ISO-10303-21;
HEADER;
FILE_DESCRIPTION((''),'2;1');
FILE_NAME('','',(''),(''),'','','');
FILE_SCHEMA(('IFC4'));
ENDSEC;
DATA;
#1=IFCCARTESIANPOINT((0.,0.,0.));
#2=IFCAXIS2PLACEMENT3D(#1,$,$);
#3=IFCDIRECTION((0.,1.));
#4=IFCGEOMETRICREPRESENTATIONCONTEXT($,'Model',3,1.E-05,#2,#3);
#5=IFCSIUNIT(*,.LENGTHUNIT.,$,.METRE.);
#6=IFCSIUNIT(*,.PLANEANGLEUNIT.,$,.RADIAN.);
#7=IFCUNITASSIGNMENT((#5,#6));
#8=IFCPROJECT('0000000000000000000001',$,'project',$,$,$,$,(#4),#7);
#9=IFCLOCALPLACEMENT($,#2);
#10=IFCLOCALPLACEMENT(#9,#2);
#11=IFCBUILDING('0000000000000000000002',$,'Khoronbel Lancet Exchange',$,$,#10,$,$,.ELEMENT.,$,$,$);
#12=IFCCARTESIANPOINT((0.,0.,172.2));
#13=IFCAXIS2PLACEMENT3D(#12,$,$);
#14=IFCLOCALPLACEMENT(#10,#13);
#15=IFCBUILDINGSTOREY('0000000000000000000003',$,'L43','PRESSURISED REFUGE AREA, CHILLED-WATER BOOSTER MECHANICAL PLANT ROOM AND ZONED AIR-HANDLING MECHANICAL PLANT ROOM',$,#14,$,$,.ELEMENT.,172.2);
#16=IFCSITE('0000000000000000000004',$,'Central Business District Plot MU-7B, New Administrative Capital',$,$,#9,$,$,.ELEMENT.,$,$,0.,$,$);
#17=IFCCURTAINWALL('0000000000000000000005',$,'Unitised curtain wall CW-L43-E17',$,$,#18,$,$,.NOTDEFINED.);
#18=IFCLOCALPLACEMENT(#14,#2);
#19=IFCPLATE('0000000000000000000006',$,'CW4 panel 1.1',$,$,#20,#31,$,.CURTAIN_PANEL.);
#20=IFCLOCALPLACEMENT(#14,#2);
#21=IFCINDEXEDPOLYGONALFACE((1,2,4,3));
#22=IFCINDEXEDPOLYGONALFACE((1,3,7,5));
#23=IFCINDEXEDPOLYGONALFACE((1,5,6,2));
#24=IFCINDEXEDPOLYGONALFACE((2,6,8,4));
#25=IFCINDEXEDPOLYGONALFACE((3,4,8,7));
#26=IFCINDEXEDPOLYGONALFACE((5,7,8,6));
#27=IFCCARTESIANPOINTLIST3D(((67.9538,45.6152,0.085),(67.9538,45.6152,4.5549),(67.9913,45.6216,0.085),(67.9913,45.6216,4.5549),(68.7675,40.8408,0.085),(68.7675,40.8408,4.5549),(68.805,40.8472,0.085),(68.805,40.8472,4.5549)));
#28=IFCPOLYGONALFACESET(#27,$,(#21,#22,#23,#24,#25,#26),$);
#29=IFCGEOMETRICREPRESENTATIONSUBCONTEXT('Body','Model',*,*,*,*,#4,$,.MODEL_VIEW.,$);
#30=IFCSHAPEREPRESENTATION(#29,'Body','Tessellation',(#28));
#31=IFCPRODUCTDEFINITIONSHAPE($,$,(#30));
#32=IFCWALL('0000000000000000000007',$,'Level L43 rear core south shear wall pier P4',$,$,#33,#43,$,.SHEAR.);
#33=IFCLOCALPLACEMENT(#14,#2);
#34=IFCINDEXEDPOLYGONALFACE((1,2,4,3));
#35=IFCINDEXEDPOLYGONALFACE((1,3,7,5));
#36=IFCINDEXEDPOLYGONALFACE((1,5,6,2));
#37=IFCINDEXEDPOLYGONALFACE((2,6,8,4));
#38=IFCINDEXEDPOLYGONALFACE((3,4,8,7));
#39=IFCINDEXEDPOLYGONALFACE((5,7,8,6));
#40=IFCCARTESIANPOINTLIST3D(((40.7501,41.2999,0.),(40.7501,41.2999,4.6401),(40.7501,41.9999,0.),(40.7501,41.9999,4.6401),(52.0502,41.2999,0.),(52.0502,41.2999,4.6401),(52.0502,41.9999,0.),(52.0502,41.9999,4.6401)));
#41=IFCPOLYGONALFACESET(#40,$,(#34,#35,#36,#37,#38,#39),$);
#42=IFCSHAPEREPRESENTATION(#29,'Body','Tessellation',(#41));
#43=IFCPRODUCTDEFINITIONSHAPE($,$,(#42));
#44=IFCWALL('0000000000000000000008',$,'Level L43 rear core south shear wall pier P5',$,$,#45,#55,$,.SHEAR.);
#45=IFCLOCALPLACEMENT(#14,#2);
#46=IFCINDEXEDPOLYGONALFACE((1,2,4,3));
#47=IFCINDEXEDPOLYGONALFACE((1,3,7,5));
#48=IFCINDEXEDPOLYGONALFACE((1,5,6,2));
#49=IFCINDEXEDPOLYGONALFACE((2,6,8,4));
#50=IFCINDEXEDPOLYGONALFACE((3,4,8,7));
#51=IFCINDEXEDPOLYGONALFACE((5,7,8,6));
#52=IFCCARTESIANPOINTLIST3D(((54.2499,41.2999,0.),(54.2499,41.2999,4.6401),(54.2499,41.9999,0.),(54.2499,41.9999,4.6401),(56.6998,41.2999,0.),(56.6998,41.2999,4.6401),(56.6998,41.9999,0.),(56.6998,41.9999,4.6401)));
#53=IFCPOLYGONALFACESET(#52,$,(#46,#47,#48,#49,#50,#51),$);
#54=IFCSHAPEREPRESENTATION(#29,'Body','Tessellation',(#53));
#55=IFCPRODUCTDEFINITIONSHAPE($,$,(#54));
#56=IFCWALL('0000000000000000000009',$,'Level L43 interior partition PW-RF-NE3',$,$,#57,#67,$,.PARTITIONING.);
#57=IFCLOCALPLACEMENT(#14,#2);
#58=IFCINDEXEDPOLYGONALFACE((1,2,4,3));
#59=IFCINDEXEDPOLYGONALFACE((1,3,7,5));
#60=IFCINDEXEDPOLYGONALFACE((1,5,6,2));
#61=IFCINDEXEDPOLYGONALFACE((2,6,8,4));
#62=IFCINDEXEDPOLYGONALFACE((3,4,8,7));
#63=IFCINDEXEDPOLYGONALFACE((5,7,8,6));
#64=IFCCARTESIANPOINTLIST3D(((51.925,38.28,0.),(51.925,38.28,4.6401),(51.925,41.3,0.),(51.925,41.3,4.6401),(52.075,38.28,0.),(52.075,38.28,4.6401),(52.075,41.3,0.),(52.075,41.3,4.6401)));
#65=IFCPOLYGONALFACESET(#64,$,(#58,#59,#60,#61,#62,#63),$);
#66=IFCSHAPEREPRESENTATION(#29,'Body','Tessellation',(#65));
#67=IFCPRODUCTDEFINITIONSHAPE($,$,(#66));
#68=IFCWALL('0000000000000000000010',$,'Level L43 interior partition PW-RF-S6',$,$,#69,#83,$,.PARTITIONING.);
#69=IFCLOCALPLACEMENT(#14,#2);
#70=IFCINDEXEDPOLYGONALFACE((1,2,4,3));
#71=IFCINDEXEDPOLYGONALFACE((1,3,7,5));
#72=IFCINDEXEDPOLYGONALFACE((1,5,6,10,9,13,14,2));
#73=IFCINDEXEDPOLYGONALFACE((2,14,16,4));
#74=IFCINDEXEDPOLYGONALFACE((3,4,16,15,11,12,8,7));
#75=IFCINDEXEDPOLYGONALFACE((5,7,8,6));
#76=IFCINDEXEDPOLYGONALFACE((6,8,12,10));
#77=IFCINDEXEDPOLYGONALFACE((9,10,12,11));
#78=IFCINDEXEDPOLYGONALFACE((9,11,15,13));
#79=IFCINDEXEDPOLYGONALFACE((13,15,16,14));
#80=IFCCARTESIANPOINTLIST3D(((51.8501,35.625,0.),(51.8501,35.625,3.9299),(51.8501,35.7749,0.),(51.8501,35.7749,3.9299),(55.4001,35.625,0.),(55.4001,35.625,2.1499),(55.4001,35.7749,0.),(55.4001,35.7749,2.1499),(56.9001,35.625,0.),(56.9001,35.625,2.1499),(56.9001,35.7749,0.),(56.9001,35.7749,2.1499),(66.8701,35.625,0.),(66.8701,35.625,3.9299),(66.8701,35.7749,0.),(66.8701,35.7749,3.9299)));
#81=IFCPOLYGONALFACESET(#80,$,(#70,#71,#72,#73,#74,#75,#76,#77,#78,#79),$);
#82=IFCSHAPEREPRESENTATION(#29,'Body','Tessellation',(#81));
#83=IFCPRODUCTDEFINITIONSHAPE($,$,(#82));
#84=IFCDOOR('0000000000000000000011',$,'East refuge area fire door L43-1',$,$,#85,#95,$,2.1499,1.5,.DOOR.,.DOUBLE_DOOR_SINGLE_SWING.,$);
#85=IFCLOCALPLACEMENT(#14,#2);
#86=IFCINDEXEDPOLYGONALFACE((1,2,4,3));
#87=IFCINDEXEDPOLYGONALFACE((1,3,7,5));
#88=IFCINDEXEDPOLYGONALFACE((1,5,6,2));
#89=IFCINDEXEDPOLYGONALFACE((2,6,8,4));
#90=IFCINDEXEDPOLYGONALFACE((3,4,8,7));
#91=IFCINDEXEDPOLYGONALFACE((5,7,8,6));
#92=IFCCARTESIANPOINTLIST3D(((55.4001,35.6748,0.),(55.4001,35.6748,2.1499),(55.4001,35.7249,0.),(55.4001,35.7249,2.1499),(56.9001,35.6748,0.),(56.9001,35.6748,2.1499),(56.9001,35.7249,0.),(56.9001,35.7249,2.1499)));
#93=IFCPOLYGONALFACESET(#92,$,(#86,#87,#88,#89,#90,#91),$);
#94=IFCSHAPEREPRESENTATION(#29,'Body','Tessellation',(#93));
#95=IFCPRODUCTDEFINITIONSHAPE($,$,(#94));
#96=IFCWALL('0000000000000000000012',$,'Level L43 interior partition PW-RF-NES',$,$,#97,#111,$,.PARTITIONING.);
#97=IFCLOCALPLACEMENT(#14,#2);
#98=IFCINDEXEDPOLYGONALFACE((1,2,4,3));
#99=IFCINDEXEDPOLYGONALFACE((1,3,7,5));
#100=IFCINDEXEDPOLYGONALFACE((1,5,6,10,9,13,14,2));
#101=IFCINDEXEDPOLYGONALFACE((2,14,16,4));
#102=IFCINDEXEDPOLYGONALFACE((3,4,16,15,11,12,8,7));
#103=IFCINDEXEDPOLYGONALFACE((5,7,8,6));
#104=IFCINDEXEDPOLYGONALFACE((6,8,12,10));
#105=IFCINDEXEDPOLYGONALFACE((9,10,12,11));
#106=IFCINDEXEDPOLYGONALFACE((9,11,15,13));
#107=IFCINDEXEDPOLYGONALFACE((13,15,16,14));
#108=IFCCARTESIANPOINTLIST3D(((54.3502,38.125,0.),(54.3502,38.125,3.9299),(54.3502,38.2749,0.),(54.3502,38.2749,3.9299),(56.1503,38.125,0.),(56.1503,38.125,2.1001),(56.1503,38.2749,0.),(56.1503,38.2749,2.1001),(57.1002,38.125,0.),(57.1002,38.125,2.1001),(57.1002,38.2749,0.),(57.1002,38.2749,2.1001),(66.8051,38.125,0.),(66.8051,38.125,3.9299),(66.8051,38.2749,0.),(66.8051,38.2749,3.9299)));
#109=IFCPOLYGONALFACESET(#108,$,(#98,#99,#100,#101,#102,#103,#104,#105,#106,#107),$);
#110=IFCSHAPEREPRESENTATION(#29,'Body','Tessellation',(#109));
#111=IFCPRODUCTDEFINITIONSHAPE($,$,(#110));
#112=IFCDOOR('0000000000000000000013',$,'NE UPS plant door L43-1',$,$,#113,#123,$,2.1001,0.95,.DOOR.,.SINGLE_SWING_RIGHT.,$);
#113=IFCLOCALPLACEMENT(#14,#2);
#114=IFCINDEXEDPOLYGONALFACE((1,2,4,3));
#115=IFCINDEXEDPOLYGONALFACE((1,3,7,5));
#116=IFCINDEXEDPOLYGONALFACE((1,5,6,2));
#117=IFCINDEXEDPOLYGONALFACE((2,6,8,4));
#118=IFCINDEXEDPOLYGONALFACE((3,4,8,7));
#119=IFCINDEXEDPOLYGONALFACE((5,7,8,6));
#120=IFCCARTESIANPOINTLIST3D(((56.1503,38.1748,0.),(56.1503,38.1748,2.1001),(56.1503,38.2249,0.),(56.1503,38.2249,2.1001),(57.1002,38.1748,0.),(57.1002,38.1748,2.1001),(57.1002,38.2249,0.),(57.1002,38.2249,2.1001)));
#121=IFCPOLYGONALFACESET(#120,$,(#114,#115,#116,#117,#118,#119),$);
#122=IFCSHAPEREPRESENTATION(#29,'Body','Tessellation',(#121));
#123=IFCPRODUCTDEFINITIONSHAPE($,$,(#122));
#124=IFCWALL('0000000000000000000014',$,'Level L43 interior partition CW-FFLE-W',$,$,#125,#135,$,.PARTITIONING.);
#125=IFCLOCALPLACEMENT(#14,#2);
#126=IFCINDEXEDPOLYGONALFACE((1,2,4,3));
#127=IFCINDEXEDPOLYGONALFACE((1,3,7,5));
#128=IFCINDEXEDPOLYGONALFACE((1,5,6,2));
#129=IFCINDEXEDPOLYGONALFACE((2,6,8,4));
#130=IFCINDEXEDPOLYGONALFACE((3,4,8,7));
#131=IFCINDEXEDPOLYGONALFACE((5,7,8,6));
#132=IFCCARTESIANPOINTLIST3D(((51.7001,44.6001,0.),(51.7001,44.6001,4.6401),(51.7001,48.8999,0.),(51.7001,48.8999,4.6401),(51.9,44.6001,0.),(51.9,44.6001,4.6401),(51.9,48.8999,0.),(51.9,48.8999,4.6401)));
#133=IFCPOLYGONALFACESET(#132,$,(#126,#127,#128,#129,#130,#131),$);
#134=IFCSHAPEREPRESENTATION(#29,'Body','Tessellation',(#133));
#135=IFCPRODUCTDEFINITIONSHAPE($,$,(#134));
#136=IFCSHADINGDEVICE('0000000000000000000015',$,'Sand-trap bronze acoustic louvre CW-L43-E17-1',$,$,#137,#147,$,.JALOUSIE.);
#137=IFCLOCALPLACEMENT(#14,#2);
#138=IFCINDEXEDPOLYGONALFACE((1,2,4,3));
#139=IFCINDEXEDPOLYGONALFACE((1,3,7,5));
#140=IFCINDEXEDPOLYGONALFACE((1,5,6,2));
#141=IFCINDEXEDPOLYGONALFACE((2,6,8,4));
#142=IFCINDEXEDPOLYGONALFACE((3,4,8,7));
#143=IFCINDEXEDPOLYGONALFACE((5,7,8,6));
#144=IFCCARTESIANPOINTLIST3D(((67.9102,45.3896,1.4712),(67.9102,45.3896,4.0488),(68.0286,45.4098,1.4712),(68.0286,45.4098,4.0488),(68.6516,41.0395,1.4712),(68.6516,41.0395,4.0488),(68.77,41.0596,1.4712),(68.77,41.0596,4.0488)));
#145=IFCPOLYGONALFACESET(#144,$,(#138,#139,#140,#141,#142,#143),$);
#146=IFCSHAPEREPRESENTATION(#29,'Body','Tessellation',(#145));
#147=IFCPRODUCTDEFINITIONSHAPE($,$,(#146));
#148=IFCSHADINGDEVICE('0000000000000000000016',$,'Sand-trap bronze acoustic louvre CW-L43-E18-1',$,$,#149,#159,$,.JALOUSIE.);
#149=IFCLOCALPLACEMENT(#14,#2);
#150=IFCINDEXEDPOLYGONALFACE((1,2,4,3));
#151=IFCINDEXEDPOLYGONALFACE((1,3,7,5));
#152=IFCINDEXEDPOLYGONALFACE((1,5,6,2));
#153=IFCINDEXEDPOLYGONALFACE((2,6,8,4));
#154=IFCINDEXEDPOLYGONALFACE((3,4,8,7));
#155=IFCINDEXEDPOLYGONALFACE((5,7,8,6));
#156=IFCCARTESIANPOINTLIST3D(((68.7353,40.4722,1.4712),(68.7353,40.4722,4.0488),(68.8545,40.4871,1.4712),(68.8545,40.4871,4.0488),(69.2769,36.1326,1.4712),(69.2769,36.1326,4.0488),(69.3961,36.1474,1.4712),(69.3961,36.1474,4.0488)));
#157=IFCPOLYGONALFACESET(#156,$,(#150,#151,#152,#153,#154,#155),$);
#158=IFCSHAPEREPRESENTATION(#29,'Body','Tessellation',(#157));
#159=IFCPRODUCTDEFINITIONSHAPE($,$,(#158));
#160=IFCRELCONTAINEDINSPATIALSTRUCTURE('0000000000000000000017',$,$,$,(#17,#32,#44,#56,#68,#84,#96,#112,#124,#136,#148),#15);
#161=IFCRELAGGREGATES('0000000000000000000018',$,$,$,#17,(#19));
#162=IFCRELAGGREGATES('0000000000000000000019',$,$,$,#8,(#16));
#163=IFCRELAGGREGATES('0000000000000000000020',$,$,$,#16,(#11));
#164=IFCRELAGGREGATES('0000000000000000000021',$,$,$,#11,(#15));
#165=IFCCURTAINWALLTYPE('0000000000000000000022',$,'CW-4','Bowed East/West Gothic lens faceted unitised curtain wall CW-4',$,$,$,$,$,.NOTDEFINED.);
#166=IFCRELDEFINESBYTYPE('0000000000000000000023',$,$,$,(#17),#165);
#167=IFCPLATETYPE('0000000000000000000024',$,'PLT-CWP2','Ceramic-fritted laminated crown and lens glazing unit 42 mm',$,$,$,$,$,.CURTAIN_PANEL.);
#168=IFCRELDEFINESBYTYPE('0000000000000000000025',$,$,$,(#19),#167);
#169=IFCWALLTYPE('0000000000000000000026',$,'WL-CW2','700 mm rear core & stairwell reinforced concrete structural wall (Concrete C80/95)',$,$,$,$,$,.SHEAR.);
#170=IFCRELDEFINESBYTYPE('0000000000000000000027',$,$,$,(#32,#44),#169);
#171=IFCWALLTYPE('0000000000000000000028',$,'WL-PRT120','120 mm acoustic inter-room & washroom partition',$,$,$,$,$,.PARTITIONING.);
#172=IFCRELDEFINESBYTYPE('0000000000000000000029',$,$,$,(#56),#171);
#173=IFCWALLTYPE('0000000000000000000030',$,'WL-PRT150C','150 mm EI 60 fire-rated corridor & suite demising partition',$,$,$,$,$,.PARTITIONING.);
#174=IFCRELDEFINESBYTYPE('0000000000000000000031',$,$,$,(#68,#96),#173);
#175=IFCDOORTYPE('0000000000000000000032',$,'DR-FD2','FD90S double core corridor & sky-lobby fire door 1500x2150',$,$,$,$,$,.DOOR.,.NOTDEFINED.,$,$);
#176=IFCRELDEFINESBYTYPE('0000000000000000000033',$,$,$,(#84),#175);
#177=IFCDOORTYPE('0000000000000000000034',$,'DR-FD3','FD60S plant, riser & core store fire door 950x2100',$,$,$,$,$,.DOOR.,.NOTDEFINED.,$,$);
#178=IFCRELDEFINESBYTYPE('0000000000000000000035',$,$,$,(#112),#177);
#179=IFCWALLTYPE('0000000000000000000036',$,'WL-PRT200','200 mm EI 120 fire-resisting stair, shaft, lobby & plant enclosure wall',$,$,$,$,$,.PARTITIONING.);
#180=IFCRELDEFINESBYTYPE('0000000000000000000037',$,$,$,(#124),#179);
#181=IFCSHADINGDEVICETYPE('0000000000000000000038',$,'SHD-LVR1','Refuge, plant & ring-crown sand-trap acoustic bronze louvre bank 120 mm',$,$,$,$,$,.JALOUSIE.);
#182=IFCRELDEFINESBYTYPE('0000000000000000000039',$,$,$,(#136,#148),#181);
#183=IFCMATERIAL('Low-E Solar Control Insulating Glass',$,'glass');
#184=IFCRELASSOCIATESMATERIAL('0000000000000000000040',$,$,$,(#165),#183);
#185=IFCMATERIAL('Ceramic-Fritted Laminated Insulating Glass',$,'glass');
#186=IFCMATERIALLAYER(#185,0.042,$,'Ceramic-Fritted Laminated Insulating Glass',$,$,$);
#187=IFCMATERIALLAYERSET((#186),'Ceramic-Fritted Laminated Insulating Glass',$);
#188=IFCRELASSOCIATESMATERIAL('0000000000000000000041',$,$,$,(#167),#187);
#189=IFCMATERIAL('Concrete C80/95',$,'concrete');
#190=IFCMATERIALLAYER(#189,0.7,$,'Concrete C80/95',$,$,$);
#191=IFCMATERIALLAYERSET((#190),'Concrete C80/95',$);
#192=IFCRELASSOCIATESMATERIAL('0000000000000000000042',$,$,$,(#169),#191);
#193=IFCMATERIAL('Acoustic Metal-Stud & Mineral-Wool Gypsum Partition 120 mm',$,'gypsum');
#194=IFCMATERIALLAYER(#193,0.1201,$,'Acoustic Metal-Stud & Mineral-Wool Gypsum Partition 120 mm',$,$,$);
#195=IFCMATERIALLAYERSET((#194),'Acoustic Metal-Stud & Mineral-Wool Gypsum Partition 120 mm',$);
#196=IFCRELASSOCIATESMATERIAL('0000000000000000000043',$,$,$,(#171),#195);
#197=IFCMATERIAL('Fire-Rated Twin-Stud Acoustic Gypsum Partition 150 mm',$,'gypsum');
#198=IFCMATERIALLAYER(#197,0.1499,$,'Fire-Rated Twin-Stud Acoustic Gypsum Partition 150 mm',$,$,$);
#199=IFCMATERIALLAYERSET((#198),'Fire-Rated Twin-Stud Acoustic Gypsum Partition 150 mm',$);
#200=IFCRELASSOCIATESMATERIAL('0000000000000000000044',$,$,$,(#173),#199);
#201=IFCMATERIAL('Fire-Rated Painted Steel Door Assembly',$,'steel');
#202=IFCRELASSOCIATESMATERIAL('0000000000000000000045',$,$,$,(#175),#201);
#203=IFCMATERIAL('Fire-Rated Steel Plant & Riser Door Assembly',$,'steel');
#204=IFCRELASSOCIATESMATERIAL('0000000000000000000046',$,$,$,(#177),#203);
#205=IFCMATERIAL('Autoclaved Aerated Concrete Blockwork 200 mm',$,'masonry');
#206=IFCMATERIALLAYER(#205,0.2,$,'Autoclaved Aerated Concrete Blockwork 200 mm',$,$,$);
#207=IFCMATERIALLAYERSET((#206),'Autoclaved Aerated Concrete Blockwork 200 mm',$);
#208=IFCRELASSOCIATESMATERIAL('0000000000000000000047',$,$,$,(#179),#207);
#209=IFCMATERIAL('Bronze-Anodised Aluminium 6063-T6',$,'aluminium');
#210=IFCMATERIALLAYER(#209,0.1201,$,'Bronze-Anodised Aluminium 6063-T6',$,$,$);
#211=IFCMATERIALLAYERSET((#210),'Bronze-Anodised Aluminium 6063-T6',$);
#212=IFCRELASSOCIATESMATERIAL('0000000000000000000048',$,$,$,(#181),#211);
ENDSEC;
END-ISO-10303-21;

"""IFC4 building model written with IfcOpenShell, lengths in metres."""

from ifc_helpers import new_model, si_unit, direction, frame, frame_2d, origin, origin_2d, place, context, subcontext, project, spatial, rectangle, extrude, material, layer, layer_set, type_object, element, fill, aggregate, save


model = new_model("IFC4")

# Units and contexts
model_context = context("Model", 3, precision=1e-05, world=origin(), true_north=direction((0.0, 1.0)))
body_context = subcontext(model_context, "Body", "Model", "MODEL_VIEW")
ifc_project = project(units=[si_unit("LENGTHUNIT", "METRE"), si_unit("PLANEANGLEUNIT", "RADIAN")], contexts=[model_context])

# Site, building, storey
site_placement = place(None, origin())
site = spatial("IfcSite", under=ifc_project, at=site_placement, Name="Central Business District Plot MU-7B, New Administrative Capital", CompositionType="ELEMENT", RefElevation=0.0)
building_placement = place(site_placement, origin())
building = spatial("IfcBuilding", under=site, at=building_placement, Name="Khoronbel Lancet Exchange", CompositionType="ELEMENT")
storey_placement = place(building_placement, frame((0.0, 0.0, 172.2)))
storey = spatial("IfcBuildingStorey", under=building, at=storey_placement, Name="L43", Description="PRESSURISED REFUGE AREA, CHILLED-WATER BOOSTER MECHANICAL PLANT ROOM AND ZONED AIR-HANDLING MECHANICAL PLANT ROOM", CompositionType="ELEMENT", Elevation=172.2)

# Shared definitions
ifc_material_1 = material(Name="Concrete C80/95", Category="concrete")

# Curtain wall
ifc_material_2 = material(Name="Low-E Solar Control Insulating Glass", Category="glass")
curtain_wall_type = type_object("IfcCurtainWallType", Name="CW-4", Description="Bowed East/West Gothic lens faceted unitised curtain wall CW-4", PredefinedType="NOTDEFINED", material=ifc_material_2)
curtain_wall_1_placement = place(storey_placement, origin())
curtain_wall_1 = element("IfcCurtainWall", 1, at=curtain_wall_1_placement, inside=storey, type_object=curtain_wall_type, Name="Unitised curtain wall CW-L43-E17", PredefinedType="NOTDEFINED")
ifc_material_3 = material(Name="Bronze-Anodised Aluminium 6063-T6", Category="aluminium")

# Plate
ifc_material_4 = material(Name="Ceramic-Fritted Laminated Insulating Glass", Category="glass")
ifc_layer_1 = layer(ifc_material_4, 0.042, Name="Ceramic-Fritted Laminated Insulating Glass")
ifc_layer_set_1 = layer_set([ifc_layer_1], Name="Ceramic-Fritted Laminated Insulating Glass")
plate_type_1 = type_object("IfcPlateType", Name="PLT-CWP2", Description="Ceramic-fritted laminated crown and lens glazing unit 42 mm", PredefinedType="CURTAIN_PANEL", material=ifc_layer_set_1)
plate_1_placement = place(storey_placement, frame((68.3794, 43.2312, 0.085), z_axis=(0.0, 0.0, 1.0), x_axis=(0.168009, -0.985785, 0.0)))
plate_1 = element("IfcPlate", 2, at=plate_1_placement, type_object=plate_type_1, Name="CW4 panel 1.1", PredefinedType="CURTAIN_PANEL", context=body_context, shape_type="SweptSolid", body=[
    extrude(rectangle(XDim=4.8433, YDim=0.0381, at=origin_2d()), origin(), (0.0, 0.0, 1.0), 4.47),
])
aggregate(curtain_wall_1, [plate_1])

# Walls
ifc_layer_2 = layer(ifc_material_1, 0.7, Name="Concrete C80/95")
ifc_layer_set_2 = layer_set([ifc_layer_2], Name="Concrete C80/95")
wall_type_1 = type_object("IfcWallType", Name="WL-CW2", Description="700 mm rear core & stairwell reinforced concrete structural wall (Concrete C80/95)", PredefinedType="SHEAR", material=ifc_layer_set_2)
wall_1_placement = place(storey_placement, frame((52.05, 41.6499, 0.0), z_axis=(0.0, 0.0, 1.0), x_axis=(-1.0, 0.0, 0.0)))
element("IfcWall", 3, at=wall_1_placement, inside=storey, type_object=wall_type_1, Name="Level L43 rear core south shear wall pier P4", PredefinedType="SHEAR", context=body_context, shape_type="SweptSolid", body=[
    extrude(rectangle(XDim=11.3, YDim=0.7, at=frame_2d((5.6499, 0.0))), origin(), (0.0, 0.0, 1.0), 4.6401),
])
wall_2_placement = place(storey_placement, frame((56.7, 41.6499, 0.0), z_axis=(0.0, 0.0, 1.0), x_axis=(-1.0, 0.0, 0.0)))
element("IfcWall", 4, at=wall_2_placement, inside=storey, type_object=wall_type_1, Name="Level L43 rear core south shear wall pier P5", PredefinedType="SHEAR", context=body_context, shape_type="SweptSolid", body=[
    extrude(rectangle(XDim=2.45, YDim=0.7, at=frame_2d((1.2251, 0.0))), origin(), (0.0, 0.0, 1.0), 4.6401),
])
ifc_material_5 = material(Name="Acoustic Metal-Stud & Mineral-Wool Gypsum Partition 120 mm", Category="gypsum")
ifc_layer_3 = layer(ifc_material_5, 0.1201, Name="Acoustic Metal-Stud & Mineral-Wool Gypsum Partition 120 mm")
ifc_layer_set_3 = layer_set([ifc_layer_3], Name="Acoustic Metal-Stud & Mineral-Wool Gypsum Partition 120 mm")
wall_type_2 = type_object("IfcWallType", Name="WL-PRT120", Description="120 mm acoustic inter-room & washroom partition", PredefinedType="PARTITIONING", material=ifc_layer_set_3)
wall_3_placement = place(storey_placement, frame((52.0, 38.28, 0.0), z_axis=(0.0, 0.0, 1.0), x_axis=(0.0, 1.0, 0.0)))
element("IfcWall", 5, at=wall_3_placement, inside=storey, type_object=wall_type_2, Name="Level L43 interior partition PW-RF-NE3", PredefinedType="PARTITIONING", context=body_context, shape_type="SweptSolid", body=[
    extrude(rectangle(XDim=3.02, YDim=0.1499, at=frame_2d((1.51, 0.0))), origin(), (0.0, 0.0, 1.0), 4.6401),
])

# Walls, openings, doors
ifc_material_6 = material(Name="Fire-Rated Twin-Stud Acoustic Gypsum Partition 150 mm", Category="gypsum")
ifc_layer_4 = layer(ifc_material_6, 0.1499, Name="Fire-Rated Twin-Stud Acoustic Gypsum Partition 150 mm")
ifc_layer_set_4 = layer_set([ifc_layer_4], Name="Fire-Rated Twin-Stud Acoustic Gypsum Partition 150 mm")
wall_type_3 = type_object("IfcWallType", Name="WL-PRT150C", Description="150 mm EI 60 fire-rated corridor & suite demising partition", PredefinedType="PARTITIONING", material=ifc_layer_set_4)
wall_4_placement = place(storey_placement, frame((51.8501, 35.7, 0.0), z_axis=(0.0, 0.0, 1.0), x_axis=(1.0, 0.0, 0.0)))
wall_4 = element("IfcWall", 6, at=wall_4_placement, inside=storey, type_object=wall_type_3, Name="Level L43 interior partition PW-RF-S6", PredefinedType="PARTITIONING", context=body_context, shape_type="SweptSolid", body=[
    extrude(rectangle(XDim=15.02, YDim=0.1499, at=frame_2d((7.51, 0.0))), origin(), (0.0, 0.0, 1.0), 3.9299),
])
opening_1_placement = place(wall_4_placement, frame((3.55, 0.0, 0.0)))
opening_1 = element("IfcOpeningElement", 7, at=opening_1_placement, cuts=wall_4, PredefinedType="OPENING", context=body_context, shape_type="SweptSolid", body=[
    extrude(rectangle(XDim=1.5, YDim=2.1499, at=frame_2d((0.75, 1.075))), frame((0.0, 0.085, 0.0), z_axis=(0.0, -1.0, 0.0), x_axis=(1.0, 0.0, 0.0)), (0.0, 0.0, 1.0), 0.1699),
])
ifc_material_7 = material(Name="Fire-Rated Painted Steel Door Assembly", Category="steel")
door_type_1 = type_object("IfcDoorType", Name="DR-FD2", Description="FD90S double core corridor & sky-lobby fire door 1500x2150", OperationType="NOTDEFINED", PredefinedType="DOOR", material=ifc_material_7)
door_1_placement = place(opening_1_placement, origin())
door_1 = element("IfcDoor", 8, at=door_1_placement, inside=storey, type_object=door_type_1, Name="East refuge area fire door L43-1", OperationType="DOUBLE_DOOR_SINGLE_SWING", OverallHeight=2.1499, OverallWidth=1.5, PredefinedType="DOOR", context=body_context, shape_type="SweptSolid", body=[
    extrude(rectangle(XDim=1.5, YDim=2.1499, at=frame_2d((0.75, 1.075))), frame((0.0, 0.0249, 0.0), z_axis=(0.0, -1.0, 0.0), x_axis=(1.0, 0.0, 0.0)), (0.0, 0.0, 1.0), 0.05),
])
fill(opening_1, door_1)
wall_5_placement = place(storey_placement, frame((54.3501, 38.2, 0.0), z_axis=(0.0, 0.0, 1.0), x_axis=(1.0, 0.0, 0.0)))
wall_5 = element("IfcWall", 9, at=wall_5_placement, inside=storey, type_object=wall_type_3, Name="Level L43 interior partition PW-RF-NES", PredefinedType="PARTITIONING", context=body_context, shape_type="SweptSolid", body=[
    extrude(rectangle(XDim=12.4548, YDim=0.1499, at=frame_2d((6.2275, 0.0))), origin(), (0.0, 0.0, 1.0), 3.9299),
])
opening_2_placement = place(wall_5_placement, frame((1.8, 0.0, 0.0)))
opening_2 = element("IfcOpeningElement", 10, at=opening_2_placement, cuts=wall_5, PredefinedType="OPENING", context=body_context, shape_type="SweptSolid", body=[
    extrude(rectangle(XDim=0.95, YDim=2.1001, at=frame_2d((0.4751, 1.05))), frame((0.0, 0.085, 0.0), z_axis=(0.0, -1.0, 0.0), x_axis=(1.0, 0.0, 0.0)), (0.0, 0.0, 1.0), 0.1699),
])
ifc_material_8 = material(Name="Fire-Rated Steel Plant & Riser Door Assembly", Category="steel")
door_type_2 = type_object("IfcDoorType", Name="DR-FD3", Description="FD60S plant, riser & core store fire door 950x2100", OperationType="NOTDEFINED", PredefinedType="DOOR", material=ifc_material_8)
door_2_placement = place(opening_2_placement, origin())
door_2 = element("IfcDoor", 11, at=door_2_placement, inside=storey, type_object=door_type_2, Name="NE UPS plant door L43-1", OperationType="SINGLE_SWING_RIGHT", OverallHeight=2.1001, OverallWidth=0.95, PredefinedType="DOOR", context=body_context, shape_type="SweptSolid", body=[
    extrude(rectangle(XDim=0.95, YDim=2.1001, at=frame_2d((0.4751, 1.05))), frame((0.0, 0.0249, 0.0), z_axis=(0.0, -1.0, 0.0), x_axis=(1.0, 0.0, 0.0)), (0.0, 0.0, 1.0), 0.05),
])
fill(opening_2, door_2)

# Wall
ifc_material_9 = material(Name="Autoclaved Aerated Concrete Blockwork 200 mm", Category="masonry")
ifc_layer_5 = layer(ifc_material_9, 0.2, Name="Autoclaved Aerated Concrete Blockwork 200 mm")
ifc_layer_set_5 = layer_set([ifc_layer_5], Name="Autoclaved Aerated Concrete Blockwork 200 mm")
wall_type_4 = type_object("IfcWallType", Name="WL-PRT200", Description="200 mm EI 120 fire-resisting stair, shaft, lobby & plant enclosure wall", PredefinedType="PARTITIONING", material=ifc_layer_set_5)
wall_6_placement = place(storey_placement, frame((51.8, 44.6001, 0.0), z_axis=(0.0, 0.0, 1.0), x_axis=(0.0, 1.0, 0.0)))
element("IfcWall", 12, at=wall_6_placement, inside=storey, type_object=wall_type_4, Name="Level L43 interior partition CW-FFLE-W", PredefinedType="PARTITIONING", context=body_context, shape_type="SweptSolid", body=[
    extrude(rectangle(XDim=4.2998, YDim=0.2, at=frame_2d((2.1499, 0.0))), origin(), (0.0, 0.0, 1.0), 4.6401),
])

# Shading devices
ifc_layer_6 = layer(ifc_material_3, 0.1201, Name="Bronze-Anodised Aluminium 6063-T6")
ifc_layer_set_6 = layer_set([ifc_layer_6], Name="Bronze-Anodised Aluminium 6063-T6")
shading_device_type = type_object("IfcShadingDeviceType", Name="SHD-LVR1", Description="Refuge, plant & ring-crown sand-trap acoustic bronze louvre bank 120 mm", PredefinedType="JALOUSIE", material=ifc_layer_set_6)
shading_device_1_placement = place(storey_placement, frame((68.3401, 43.2246, 1.4712), z_axis=(0.0, 0.0, 1.0), x_axis=(0.168009, -0.985785, 0.0)))
element("IfcShadingDevice", 13, at=shading_device_1_placement, inside=storey, type_object=shading_device_type, Name="Sand-trap bronze acoustic louvre CW-L43-E17-1", PredefinedType="JALOUSIE", context=body_context, shape_type="SweptSolid", body=[
    extrude(rectangle(XDim=4.4128, YDim=0.1201, at=origin_2d()), origin(), (0.0, 0.0, 1.0), 2.5776),
])
shading_device_2_placement = place(storey_placement, frame((69.0657, 38.3098, 1.4712), z_axis=(0.0, 0.0, 1.0), x_axis=(0.123838, -0.992302, 0.0)))
element("IfcShadingDevice", 14, at=shading_device_2_placement, inside=storey, type_object=shading_device_type, Name="Sand-trap bronze acoustic louvre CW-L43-E18-1", PredefinedType="JALOUSIE", context=body_context, shape_type="SweptSolid", body=[
    extrude(rectangle(XDim=4.3733, YDim=0.1201, at=origin_2d()), origin(), (0.0, 0.0, 1.0), 2.5776),
])

save(model, "model.ifc")
